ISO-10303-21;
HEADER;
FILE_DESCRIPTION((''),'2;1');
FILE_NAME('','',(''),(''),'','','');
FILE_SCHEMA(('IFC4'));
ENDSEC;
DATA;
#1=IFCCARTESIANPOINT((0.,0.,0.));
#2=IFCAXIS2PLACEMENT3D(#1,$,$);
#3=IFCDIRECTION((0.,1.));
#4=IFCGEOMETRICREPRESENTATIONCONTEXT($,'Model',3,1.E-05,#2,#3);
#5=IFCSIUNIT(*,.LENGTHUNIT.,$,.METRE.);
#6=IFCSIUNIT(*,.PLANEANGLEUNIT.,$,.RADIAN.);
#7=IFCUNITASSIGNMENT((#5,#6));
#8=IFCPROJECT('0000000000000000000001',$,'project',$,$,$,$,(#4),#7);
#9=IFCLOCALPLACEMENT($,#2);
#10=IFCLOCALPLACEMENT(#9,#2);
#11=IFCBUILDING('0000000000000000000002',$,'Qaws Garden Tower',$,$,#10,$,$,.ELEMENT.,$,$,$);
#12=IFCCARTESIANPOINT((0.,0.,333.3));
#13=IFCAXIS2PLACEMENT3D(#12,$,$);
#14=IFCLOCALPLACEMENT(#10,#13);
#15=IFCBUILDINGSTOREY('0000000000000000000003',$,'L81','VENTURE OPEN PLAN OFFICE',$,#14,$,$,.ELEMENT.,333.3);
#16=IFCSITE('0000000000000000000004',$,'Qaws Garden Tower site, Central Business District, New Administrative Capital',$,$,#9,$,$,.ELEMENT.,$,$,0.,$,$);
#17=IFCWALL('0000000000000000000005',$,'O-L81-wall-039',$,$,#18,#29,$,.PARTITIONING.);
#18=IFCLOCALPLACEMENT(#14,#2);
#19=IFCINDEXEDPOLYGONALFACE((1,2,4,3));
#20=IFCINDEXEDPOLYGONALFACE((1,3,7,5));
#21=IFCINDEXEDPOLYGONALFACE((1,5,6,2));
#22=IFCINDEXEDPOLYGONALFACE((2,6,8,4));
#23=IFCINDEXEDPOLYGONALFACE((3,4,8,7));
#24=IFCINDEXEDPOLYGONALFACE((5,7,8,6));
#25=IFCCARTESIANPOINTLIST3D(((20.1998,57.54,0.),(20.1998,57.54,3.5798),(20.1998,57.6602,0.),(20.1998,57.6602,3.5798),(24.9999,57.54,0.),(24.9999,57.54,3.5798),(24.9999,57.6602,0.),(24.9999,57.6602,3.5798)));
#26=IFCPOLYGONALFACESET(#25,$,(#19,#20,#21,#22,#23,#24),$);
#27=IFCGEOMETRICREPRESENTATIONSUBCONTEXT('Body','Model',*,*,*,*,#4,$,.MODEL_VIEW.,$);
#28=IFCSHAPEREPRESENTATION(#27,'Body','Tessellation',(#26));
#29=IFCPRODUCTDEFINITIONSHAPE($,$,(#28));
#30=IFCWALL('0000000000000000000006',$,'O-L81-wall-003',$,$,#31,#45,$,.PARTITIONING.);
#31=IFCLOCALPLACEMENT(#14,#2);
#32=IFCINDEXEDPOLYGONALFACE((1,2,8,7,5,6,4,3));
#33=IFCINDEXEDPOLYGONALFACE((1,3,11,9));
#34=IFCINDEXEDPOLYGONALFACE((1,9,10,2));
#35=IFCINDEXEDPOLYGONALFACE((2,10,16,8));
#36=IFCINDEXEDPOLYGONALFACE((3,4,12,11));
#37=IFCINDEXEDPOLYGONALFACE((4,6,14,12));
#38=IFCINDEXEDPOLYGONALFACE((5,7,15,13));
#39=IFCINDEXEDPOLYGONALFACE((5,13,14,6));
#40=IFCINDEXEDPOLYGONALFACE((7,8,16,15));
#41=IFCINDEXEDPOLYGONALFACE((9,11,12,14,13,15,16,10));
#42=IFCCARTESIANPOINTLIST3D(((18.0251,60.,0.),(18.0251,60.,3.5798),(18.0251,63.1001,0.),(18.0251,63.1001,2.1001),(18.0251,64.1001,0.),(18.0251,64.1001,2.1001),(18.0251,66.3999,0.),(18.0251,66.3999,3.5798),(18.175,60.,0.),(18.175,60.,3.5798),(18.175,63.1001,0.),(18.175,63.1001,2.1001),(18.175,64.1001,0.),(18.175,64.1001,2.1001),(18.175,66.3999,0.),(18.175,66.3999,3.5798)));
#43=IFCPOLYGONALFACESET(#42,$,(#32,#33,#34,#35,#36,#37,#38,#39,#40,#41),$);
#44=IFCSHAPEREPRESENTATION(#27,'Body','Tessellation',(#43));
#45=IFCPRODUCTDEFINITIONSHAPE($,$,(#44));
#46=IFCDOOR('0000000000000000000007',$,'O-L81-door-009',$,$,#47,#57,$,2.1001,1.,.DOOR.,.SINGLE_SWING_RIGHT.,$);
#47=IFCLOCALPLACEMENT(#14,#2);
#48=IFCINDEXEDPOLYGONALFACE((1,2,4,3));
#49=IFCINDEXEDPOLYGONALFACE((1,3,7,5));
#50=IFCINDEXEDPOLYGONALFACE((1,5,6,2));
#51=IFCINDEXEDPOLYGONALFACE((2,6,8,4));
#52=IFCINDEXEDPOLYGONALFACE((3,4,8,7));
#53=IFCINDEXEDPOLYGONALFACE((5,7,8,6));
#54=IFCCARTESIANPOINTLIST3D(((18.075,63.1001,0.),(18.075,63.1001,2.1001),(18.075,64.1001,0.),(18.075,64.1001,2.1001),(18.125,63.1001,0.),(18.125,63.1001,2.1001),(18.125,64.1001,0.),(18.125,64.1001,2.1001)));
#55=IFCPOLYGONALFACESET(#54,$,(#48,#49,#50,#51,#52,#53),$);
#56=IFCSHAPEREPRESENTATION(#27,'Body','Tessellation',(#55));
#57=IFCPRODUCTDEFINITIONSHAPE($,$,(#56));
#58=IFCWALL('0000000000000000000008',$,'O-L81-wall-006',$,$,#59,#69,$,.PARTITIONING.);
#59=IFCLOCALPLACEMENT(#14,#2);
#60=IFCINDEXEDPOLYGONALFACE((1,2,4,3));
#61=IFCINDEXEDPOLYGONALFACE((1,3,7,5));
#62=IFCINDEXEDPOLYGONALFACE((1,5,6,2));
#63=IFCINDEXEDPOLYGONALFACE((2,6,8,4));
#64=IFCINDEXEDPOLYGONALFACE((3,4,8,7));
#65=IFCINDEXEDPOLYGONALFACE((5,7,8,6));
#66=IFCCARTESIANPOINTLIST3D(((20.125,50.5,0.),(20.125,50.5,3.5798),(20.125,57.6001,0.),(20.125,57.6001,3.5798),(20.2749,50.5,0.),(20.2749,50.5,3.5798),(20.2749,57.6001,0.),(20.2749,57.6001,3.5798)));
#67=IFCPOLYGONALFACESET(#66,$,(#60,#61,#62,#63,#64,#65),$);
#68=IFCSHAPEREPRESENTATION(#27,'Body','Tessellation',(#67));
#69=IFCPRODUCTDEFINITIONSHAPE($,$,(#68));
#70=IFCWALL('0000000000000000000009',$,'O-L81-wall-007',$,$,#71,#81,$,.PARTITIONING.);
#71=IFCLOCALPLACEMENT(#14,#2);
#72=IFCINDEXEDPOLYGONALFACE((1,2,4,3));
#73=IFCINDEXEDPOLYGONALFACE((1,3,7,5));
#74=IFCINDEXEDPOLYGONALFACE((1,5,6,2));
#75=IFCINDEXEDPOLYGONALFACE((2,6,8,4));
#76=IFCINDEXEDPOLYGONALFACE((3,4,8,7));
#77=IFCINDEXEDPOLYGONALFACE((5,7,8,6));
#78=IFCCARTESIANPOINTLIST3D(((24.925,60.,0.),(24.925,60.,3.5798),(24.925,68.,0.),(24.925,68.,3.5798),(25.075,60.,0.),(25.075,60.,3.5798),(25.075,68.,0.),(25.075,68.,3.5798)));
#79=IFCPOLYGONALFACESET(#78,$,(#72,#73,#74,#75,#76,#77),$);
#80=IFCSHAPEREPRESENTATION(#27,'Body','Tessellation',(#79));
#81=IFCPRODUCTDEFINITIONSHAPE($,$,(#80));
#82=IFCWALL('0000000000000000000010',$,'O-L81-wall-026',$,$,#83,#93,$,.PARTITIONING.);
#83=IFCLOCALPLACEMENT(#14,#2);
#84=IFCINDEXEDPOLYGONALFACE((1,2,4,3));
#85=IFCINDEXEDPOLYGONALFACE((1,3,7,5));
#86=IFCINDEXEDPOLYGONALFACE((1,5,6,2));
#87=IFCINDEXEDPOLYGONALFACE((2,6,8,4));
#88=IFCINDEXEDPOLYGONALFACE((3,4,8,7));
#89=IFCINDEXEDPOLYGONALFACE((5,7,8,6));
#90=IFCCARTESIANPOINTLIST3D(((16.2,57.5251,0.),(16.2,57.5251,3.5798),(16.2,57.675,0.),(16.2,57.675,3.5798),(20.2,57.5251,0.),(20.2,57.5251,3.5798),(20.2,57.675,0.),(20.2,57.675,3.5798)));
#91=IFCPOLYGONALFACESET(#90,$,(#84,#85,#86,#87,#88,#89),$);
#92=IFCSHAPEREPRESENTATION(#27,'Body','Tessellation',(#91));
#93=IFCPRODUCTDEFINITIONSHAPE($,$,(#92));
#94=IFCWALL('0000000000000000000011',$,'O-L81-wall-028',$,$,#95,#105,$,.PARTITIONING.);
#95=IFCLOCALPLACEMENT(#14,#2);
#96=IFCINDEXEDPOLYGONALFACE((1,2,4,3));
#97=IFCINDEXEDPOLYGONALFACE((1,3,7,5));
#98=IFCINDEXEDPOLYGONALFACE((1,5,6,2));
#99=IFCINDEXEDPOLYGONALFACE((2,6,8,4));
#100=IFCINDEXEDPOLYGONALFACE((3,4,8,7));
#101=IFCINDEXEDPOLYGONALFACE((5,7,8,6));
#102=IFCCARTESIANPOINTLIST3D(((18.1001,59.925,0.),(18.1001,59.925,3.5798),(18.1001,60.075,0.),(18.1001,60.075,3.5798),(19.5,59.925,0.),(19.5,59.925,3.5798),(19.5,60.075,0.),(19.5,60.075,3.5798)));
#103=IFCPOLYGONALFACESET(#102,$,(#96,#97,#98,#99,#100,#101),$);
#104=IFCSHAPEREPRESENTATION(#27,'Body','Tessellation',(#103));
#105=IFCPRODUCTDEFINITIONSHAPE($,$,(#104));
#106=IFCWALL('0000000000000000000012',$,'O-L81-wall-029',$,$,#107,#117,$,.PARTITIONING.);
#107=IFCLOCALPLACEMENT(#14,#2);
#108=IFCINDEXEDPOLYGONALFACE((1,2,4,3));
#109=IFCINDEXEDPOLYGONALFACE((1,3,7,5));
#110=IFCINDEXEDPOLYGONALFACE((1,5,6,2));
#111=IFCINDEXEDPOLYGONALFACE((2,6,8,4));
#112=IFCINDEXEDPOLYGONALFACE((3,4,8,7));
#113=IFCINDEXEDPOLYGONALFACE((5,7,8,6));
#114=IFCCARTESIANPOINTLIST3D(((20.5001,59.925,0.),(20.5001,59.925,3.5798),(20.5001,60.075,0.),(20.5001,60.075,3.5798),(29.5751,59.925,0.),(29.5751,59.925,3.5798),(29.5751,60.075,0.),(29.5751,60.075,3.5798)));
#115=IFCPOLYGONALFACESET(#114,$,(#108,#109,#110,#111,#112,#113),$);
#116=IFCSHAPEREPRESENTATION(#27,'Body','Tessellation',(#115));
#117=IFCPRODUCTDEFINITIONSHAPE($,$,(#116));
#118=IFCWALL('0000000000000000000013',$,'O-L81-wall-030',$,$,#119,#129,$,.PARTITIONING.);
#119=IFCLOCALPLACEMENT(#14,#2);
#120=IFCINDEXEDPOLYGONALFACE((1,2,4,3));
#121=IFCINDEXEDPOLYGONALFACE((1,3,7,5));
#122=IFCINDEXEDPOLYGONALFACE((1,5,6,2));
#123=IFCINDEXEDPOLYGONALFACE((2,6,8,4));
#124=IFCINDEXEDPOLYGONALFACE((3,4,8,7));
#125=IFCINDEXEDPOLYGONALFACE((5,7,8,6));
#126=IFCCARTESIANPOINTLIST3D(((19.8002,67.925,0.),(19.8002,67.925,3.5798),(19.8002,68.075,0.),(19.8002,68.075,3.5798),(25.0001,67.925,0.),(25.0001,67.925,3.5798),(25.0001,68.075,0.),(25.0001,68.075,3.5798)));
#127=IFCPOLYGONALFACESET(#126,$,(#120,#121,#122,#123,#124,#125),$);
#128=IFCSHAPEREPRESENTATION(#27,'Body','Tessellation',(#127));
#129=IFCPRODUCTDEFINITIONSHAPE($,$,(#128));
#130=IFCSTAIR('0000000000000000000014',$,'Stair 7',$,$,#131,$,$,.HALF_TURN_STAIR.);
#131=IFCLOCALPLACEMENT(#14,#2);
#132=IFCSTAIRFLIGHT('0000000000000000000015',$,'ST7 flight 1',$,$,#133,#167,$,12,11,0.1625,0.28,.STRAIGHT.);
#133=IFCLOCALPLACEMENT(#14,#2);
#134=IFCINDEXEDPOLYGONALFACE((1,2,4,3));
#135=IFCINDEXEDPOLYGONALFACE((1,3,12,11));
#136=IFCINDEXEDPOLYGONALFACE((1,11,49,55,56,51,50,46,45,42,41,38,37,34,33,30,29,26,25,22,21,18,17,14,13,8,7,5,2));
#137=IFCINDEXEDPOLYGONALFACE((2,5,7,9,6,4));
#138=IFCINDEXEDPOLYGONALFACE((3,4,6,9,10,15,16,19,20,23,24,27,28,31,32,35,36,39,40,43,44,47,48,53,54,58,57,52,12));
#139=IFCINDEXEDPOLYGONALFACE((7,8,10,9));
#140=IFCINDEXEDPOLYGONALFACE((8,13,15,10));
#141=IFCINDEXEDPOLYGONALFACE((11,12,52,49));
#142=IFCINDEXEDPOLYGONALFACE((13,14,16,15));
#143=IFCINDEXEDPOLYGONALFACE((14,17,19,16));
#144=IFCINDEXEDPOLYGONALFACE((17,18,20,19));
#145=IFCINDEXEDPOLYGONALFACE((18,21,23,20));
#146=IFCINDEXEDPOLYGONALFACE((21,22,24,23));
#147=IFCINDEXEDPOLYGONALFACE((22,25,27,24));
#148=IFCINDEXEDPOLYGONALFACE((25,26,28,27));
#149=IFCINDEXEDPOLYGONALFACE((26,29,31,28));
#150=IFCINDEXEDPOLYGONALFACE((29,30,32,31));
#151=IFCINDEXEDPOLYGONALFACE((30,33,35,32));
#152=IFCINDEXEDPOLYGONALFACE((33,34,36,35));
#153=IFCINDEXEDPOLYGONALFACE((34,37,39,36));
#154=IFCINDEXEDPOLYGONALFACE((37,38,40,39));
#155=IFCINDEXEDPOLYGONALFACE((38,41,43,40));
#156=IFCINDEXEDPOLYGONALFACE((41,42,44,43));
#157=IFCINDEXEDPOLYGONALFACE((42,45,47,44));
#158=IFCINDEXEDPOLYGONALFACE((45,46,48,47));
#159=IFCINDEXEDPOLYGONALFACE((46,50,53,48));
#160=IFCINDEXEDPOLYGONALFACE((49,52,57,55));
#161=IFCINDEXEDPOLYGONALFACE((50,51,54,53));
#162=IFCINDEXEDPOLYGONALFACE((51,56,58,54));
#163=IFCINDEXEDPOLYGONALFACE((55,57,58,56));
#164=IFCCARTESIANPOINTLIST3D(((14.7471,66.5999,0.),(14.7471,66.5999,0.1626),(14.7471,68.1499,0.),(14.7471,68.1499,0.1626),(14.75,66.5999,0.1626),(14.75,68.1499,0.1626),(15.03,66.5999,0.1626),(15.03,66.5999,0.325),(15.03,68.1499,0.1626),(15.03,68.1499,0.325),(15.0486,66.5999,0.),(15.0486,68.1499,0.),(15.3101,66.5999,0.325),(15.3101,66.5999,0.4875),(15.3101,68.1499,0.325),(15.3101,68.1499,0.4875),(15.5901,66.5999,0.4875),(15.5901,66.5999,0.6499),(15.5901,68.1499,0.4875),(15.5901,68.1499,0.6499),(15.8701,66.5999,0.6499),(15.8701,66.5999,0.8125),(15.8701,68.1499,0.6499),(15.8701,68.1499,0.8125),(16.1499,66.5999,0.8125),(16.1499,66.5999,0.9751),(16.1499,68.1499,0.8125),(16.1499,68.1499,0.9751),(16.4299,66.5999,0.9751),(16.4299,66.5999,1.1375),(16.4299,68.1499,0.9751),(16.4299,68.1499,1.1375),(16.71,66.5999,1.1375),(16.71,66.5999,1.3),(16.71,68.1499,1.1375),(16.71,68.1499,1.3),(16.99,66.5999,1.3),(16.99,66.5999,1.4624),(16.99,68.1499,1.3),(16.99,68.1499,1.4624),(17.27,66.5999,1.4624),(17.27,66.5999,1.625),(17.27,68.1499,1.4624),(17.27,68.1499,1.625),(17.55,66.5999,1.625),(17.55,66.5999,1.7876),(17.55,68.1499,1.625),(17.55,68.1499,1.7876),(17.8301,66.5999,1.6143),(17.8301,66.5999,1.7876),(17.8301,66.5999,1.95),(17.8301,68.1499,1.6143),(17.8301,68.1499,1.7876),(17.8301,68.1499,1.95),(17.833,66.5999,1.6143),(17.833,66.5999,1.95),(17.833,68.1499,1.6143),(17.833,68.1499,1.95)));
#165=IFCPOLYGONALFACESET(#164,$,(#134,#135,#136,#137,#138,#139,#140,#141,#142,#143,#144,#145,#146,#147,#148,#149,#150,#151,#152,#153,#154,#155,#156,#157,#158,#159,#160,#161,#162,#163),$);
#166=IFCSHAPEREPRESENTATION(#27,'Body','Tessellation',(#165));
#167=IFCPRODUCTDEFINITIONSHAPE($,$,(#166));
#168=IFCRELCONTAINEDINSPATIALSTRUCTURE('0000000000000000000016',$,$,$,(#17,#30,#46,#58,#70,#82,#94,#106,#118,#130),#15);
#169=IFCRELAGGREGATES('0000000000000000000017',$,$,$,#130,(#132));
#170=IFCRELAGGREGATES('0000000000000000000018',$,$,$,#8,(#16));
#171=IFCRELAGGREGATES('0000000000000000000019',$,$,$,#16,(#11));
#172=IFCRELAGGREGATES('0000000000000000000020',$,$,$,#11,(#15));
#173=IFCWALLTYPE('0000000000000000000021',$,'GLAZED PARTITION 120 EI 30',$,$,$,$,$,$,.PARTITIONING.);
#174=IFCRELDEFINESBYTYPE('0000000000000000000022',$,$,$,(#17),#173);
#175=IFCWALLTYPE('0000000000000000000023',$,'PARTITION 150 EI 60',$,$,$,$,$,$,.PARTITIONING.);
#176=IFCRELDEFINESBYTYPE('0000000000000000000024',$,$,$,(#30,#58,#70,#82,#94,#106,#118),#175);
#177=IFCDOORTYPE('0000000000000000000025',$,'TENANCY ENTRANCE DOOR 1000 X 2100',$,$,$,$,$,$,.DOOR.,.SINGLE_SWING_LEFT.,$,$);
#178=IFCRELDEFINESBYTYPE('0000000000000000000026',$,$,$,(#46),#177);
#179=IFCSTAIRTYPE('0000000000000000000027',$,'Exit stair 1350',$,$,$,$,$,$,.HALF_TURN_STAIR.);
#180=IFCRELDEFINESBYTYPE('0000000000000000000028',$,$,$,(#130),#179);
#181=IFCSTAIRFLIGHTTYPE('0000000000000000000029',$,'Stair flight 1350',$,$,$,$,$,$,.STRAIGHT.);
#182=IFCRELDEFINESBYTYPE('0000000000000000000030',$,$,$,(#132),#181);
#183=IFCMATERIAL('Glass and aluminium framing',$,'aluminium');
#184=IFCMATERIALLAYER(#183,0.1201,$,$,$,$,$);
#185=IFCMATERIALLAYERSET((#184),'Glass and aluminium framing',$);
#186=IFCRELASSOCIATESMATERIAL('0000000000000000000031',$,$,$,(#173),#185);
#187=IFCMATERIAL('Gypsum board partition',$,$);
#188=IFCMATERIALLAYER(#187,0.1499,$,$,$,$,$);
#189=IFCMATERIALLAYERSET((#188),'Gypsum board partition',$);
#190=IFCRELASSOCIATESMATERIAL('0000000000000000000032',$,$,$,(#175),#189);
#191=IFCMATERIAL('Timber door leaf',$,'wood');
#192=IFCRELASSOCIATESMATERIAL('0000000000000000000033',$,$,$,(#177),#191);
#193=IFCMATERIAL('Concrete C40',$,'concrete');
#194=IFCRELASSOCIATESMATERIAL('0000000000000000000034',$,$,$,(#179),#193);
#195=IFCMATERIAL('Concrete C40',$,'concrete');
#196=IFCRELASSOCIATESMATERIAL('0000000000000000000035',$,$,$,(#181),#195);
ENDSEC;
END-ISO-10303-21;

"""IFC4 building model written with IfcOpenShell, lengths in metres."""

from ifc_helpers import new_model, si_unit, direction, frame, frame_2d, origin, place, context, subcontext, project, spatial, polyline, rectangle, outline, extrude, material, layer, layer_set, type_object, element, fill, aggregate, save


model = new_model("IFC4")

# Units and contexts
model_context = context("Model", 3, precision=1e-05, world=origin(), true_north=direction((0.0, 1.0)))
body_context = subcontext(model_context, "Body", "Model", "MODEL_VIEW")
ifc_project = project(units=[si_unit("LENGTHUNIT", "METRE"), si_unit("PLANEANGLEUNIT", "RADIAN")], contexts=[model_context])

# Site, building, storey
site_placement = place(None, origin())
site = spatial("IfcSite", under=ifc_project, at=site_placement, Name="Qaws Garden Tower site, Central Business District, New Administrative Capital", CompositionType="ELEMENT", RefElevation=0.0)
building_placement = place(site_placement, origin())
building = spatial("IfcBuilding", under=site, at=building_placement, Name="Qaws Garden Tower", CompositionType="ELEMENT")
storey_placement = place(building_placement, frame((0.0, 0.0, 333.3)))
storey = spatial("IfcBuildingStorey", under=building, at=storey_placement, Name="L81", Description="VENTURE OPEN PLAN OFFICE", CompositionType="ELEMENT", Elevation=333.3)

# Wall
ifc_material_1 = material(Name="Glass and aluminium framing", Category="aluminium")
ifc_layer_1 = layer(ifc_material_1, 0.1201)
ifc_layer_set_1 = layer_set([ifc_layer_1], Name="Glass and aluminium framing")
wall_type_1 = type_object("IfcWallType", Name="GLAZED PARTITION 120 EI 30", PredefinedType="PARTITIONING", material=ifc_layer_set_1)
wall_1_placement = place(storey_placement, frame((20.2, 57.6001, 0.0), z_axis=(0.0, 0.0, 1.0), x_axis=(1.0, 0.0, 0.0)))
element("IfcWall", 1, at=wall_1_placement, inside=storey, type_object=wall_type_1, Name="O-L81-wall-039", PredefinedType="PARTITIONING", context=body_context, shape_type="SweptSolid", body=[
    extrude(rectangle(XDim=4.8, YDim=0.1201, at=frame_2d((2.3999, 0.0))), origin(), (0.0, 0.0, 1.0), 3.5798),
])

# Wall, opening, door
ifc_material_2 = material(Name="Gypsum board partition")
ifc_layer_2 = layer(ifc_material_2, 0.1499)
ifc_layer_set_2 = layer_set([ifc_layer_2], Name="Gypsum board partition")
wall_type_2 = type_object("IfcWallType", Name="PARTITION 150 EI 60", PredefinedType="PARTITIONING", material=ifc_layer_set_2)
wall_2_placement = place(storey_placement, frame((18.1001, 60.0, 0.0), z_axis=(0.0, 0.0, 1.0), x_axis=(0.0, 1.0, 0.0)))
wall_2 = element("IfcWall", 2, at=wall_2_placement, inside=storey, type_object=wall_type_2, Name="O-L81-wall-003", PredefinedType="PARTITIONING", context=body_context, shape_type="SweptSolid", body=[
    extrude(rectangle(XDim=6.3999, YDim=0.1499, at=frame_2d((3.2, 0.0))), origin(), (0.0, 0.0, 1.0), 3.5798),
])
opening_1_placement = place(wall_2_placement, frame((3.1001, 0.0, 0.0)))
opening_1 = element("IfcOpeningElement", 3, at=opening_1_placement, cuts=wall_2, PredefinedType="OPENING", context=body_context, shape_type="SweptSolid", body=[
    extrude(rectangle(XDim=1.0, YDim=2.1001, at=frame_2d((0.5, 1.05))), frame((0.0, 0.085, 0.0), z_axis=(0.0, -1.0, 0.0), x_axis=(1.0, 0.0, 0.0)), (0.0, 0.0, 1.0), 0.1699),
])
ifc_material_3 = material(Name="Timber door leaf", Category="wood")
door_type = type_object("IfcDoorType", Name="TENANCY ENTRANCE DOOR 1000 X 2100", OperationType="SINGLE_SWING_LEFT", PredefinedType="DOOR", material=ifc_material_3)
door_placement = place(opening_1_placement, frame((1.0, 0.0, 0.0), z_axis=(0.0, 0.0, 1.0), x_axis=(-1.0, 0.0, 0.0)))
door = element("IfcDoor", 4, at=door_placement, inside=storey, type_object=door_type, Name="O-L81-door-009", OperationType="SINGLE_SWING_RIGHT", OverallHeight=2.1001, OverallWidth=1.0, PredefinedType="DOOR", context=body_context, shape_type="SweptSolid", body=[
    extrude(rectangle(XDim=1.0, YDim=2.1001, at=frame_2d((0.5, 1.05))), frame((0.0, 0.0249, 0.0), z_axis=(0.0, -1.0, 0.0), x_axis=(1.0, 0.0, 0.0)), (0.0, 0.0, 1.0), 0.05),
])
fill(opening_1, door)

# Walls
wall_3_placement = place(storey_placement, frame((20.2, 50.5, 0.0), z_axis=(0.0, 0.0, 1.0), x_axis=(0.0, 1.0, 0.0)))
element("IfcWall", 5, at=wall_3_placement, inside=storey, type_object=wall_type_2, Name="O-L81-wall-006", PredefinedType="PARTITIONING", context=body_context, shape_type="SweptSolid", body=[
    extrude(rectangle(XDim=7.1001, YDim=0.1499, at=frame_2d((3.55, 0.0))), origin(), (0.0, 0.0, 1.0), 3.5798),
])
wall_4_placement = place(storey_placement, frame((25.0, 60.0, 0.0), z_axis=(0.0, 0.0, 1.0), x_axis=(0.0, 1.0, 0.0)))
element("IfcWall", 6, at=wall_4_placement, inside=storey, type_object=wall_type_2, Name="O-L81-wall-007", PredefinedType="PARTITIONING", context=body_context, shape_type="SweptSolid", body=[
    extrude(rectangle(XDim=8.0, YDim=0.1499, at=frame_2d((4.0, 0.0))), origin(), (0.0, 0.0, 1.0), 3.5798),
])
wall_5_placement = place(storey_placement, frame((16.2, 57.6001, 0.0), z_axis=(0.0, 0.0, 1.0), x_axis=(1.0, 0.0, 0.0)))
element("IfcWall", 7, at=wall_5_placement, inside=storey, type_object=wall_type_2, Name="O-L81-wall-026", PredefinedType="PARTITIONING", context=body_context, shape_type="SweptSolid", body=[
    extrude(rectangle(XDim=4.0, YDim=0.1499, at=frame_2d((2.0, 0.0))), origin(), (0.0, 0.0, 1.0), 3.5798),
])
wall_6_placement = place(storey_placement, frame((18.1001, 60.0, 0.0), z_axis=(0.0, 0.0, 1.0), x_axis=(1.0, 0.0, 0.0)))
element("IfcWall", 8, at=wall_6_placement, inside=storey, type_object=wall_type_2, Name="O-L81-wall-028", PredefinedType="PARTITIONING", context=body_context, shape_type="SweptSolid", body=[
    extrude(rectangle(XDim=1.3999, YDim=0.1499, at=frame_2d((0.7, 0.0))), origin(), (0.0, 0.0, 1.0), 3.5798),
])
wall_7_placement = place(storey_placement, frame((20.5, 60.0, 0.0), z_axis=(0.0, 0.0, 1.0), x_axis=(1.0, 0.0, 0.0)))
element("IfcWall", 9, at=wall_7_placement, inside=storey, type_object=wall_type_2, Name="O-L81-wall-029", PredefinedType="PARTITIONING", context=body_context, shape_type="SweptSolid", body=[
    extrude(rectangle(XDim=9.075, YDim=0.1499, at=frame_2d((4.5376, 0.0))), origin(), (0.0, 0.0, 1.0), 3.5798),
])
wall_8_placement = place(storey_placement, frame((19.8, 68.0, 0.0), z_axis=(0.0, 0.0, 1.0), x_axis=(1.0, 0.0, 0.0)))
element("IfcWall", 10, at=wall_8_placement, inside=storey, type_object=wall_type_2, Name="O-L81-wall-030", PredefinedType="PARTITIONING", context=body_context, shape_type="SweptSolid", body=[
    extrude(rectangle(XDim=5.2, YDim=0.1499, at=frame_2d((2.6001, 0.0))), origin(), (0.0, 0.0, 1.0), 3.5798),
])

# Stair, stair flight
ifc_material_4 = material(Name="Concrete C40", Category="concrete")
stair_type = type_object("IfcStairType", Name="Exit stair 1350", PredefinedType="HALF_TURN_STAIR", material=ifc_material_4)
stair_placement = place(storey_placement, origin())
stair = element("IfcStair", 11, at=stair_placement, inside=storey, type_object=stair_type, Name="Stair 7", PredefinedType="HALF_TURN_STAIR")
ifc_material_5 = material(Name="Concrete C40", Category="concrete")
stair_flight_type = type_object("IfcStairFlightType", Name="Stair flight 1350", PredefinedType="STRAIGHT", material=ifc_material_5)
stair_flight_1_placement = place(storey_placement, frame((14.75, 67.375, 0.0), z_axis=(0.0, 0.0, 1.0), x_axis=(1.0, 0.0, 0.0)))
stair_flight_1 = element("IfcStairFlight", 12, at=stair_flight_1_placement, type_object=stair_flight_type, Name="ST7 flight 1", NumberOfRisers=12, NumberOfTreads=11, PredefinedType="STRAIGHT", RiserHeight=0.1625, TreadLength=0.28, context=body_context, shape_type="SweptSolid", body=[
    extrude(outline(polyline([(-0.0029, 0.0), (-0.0029, 0.1626), (0.0, 0.1626), (0.28, 0.1626), (0.28, 0.325), (0.5601, 0.325), (0.5601, 0.4875), (0.8401, 0.4875), (0.8401, 0.6499), (1.1201, 0.6499), (1.1201, 0.8125), (1.3999, 0.8125), (1.3999, 0.9751), (1.6799, 0.9751), (1.6799, 1.1375), (1.96, 1.1375), (1.96, 1.3), (2.24, 1.3), (2.24, 1.4624), (2.52, 1.4624), (2.52, 1.625), (2.8, 1.625), (2.8, 1.7876), (3.0801, 1.7876), (3.0801, 1.95), (3.083, 1.95), (3.083, 1.6143), (3.0801, 1.6143), (0.2986, 0.0), (-0.0029, 0.0)])), frame((0.0, 0.7749, 0.0), z_axis=(0.0, -1.0, 0.0), x_axis=(1.0, 0.0, 0.0)), (0.0, 0.0, 1.0), 1.55),
])
aggregate(stair, [stair_flight_1])

save(model, "model.ifc")
